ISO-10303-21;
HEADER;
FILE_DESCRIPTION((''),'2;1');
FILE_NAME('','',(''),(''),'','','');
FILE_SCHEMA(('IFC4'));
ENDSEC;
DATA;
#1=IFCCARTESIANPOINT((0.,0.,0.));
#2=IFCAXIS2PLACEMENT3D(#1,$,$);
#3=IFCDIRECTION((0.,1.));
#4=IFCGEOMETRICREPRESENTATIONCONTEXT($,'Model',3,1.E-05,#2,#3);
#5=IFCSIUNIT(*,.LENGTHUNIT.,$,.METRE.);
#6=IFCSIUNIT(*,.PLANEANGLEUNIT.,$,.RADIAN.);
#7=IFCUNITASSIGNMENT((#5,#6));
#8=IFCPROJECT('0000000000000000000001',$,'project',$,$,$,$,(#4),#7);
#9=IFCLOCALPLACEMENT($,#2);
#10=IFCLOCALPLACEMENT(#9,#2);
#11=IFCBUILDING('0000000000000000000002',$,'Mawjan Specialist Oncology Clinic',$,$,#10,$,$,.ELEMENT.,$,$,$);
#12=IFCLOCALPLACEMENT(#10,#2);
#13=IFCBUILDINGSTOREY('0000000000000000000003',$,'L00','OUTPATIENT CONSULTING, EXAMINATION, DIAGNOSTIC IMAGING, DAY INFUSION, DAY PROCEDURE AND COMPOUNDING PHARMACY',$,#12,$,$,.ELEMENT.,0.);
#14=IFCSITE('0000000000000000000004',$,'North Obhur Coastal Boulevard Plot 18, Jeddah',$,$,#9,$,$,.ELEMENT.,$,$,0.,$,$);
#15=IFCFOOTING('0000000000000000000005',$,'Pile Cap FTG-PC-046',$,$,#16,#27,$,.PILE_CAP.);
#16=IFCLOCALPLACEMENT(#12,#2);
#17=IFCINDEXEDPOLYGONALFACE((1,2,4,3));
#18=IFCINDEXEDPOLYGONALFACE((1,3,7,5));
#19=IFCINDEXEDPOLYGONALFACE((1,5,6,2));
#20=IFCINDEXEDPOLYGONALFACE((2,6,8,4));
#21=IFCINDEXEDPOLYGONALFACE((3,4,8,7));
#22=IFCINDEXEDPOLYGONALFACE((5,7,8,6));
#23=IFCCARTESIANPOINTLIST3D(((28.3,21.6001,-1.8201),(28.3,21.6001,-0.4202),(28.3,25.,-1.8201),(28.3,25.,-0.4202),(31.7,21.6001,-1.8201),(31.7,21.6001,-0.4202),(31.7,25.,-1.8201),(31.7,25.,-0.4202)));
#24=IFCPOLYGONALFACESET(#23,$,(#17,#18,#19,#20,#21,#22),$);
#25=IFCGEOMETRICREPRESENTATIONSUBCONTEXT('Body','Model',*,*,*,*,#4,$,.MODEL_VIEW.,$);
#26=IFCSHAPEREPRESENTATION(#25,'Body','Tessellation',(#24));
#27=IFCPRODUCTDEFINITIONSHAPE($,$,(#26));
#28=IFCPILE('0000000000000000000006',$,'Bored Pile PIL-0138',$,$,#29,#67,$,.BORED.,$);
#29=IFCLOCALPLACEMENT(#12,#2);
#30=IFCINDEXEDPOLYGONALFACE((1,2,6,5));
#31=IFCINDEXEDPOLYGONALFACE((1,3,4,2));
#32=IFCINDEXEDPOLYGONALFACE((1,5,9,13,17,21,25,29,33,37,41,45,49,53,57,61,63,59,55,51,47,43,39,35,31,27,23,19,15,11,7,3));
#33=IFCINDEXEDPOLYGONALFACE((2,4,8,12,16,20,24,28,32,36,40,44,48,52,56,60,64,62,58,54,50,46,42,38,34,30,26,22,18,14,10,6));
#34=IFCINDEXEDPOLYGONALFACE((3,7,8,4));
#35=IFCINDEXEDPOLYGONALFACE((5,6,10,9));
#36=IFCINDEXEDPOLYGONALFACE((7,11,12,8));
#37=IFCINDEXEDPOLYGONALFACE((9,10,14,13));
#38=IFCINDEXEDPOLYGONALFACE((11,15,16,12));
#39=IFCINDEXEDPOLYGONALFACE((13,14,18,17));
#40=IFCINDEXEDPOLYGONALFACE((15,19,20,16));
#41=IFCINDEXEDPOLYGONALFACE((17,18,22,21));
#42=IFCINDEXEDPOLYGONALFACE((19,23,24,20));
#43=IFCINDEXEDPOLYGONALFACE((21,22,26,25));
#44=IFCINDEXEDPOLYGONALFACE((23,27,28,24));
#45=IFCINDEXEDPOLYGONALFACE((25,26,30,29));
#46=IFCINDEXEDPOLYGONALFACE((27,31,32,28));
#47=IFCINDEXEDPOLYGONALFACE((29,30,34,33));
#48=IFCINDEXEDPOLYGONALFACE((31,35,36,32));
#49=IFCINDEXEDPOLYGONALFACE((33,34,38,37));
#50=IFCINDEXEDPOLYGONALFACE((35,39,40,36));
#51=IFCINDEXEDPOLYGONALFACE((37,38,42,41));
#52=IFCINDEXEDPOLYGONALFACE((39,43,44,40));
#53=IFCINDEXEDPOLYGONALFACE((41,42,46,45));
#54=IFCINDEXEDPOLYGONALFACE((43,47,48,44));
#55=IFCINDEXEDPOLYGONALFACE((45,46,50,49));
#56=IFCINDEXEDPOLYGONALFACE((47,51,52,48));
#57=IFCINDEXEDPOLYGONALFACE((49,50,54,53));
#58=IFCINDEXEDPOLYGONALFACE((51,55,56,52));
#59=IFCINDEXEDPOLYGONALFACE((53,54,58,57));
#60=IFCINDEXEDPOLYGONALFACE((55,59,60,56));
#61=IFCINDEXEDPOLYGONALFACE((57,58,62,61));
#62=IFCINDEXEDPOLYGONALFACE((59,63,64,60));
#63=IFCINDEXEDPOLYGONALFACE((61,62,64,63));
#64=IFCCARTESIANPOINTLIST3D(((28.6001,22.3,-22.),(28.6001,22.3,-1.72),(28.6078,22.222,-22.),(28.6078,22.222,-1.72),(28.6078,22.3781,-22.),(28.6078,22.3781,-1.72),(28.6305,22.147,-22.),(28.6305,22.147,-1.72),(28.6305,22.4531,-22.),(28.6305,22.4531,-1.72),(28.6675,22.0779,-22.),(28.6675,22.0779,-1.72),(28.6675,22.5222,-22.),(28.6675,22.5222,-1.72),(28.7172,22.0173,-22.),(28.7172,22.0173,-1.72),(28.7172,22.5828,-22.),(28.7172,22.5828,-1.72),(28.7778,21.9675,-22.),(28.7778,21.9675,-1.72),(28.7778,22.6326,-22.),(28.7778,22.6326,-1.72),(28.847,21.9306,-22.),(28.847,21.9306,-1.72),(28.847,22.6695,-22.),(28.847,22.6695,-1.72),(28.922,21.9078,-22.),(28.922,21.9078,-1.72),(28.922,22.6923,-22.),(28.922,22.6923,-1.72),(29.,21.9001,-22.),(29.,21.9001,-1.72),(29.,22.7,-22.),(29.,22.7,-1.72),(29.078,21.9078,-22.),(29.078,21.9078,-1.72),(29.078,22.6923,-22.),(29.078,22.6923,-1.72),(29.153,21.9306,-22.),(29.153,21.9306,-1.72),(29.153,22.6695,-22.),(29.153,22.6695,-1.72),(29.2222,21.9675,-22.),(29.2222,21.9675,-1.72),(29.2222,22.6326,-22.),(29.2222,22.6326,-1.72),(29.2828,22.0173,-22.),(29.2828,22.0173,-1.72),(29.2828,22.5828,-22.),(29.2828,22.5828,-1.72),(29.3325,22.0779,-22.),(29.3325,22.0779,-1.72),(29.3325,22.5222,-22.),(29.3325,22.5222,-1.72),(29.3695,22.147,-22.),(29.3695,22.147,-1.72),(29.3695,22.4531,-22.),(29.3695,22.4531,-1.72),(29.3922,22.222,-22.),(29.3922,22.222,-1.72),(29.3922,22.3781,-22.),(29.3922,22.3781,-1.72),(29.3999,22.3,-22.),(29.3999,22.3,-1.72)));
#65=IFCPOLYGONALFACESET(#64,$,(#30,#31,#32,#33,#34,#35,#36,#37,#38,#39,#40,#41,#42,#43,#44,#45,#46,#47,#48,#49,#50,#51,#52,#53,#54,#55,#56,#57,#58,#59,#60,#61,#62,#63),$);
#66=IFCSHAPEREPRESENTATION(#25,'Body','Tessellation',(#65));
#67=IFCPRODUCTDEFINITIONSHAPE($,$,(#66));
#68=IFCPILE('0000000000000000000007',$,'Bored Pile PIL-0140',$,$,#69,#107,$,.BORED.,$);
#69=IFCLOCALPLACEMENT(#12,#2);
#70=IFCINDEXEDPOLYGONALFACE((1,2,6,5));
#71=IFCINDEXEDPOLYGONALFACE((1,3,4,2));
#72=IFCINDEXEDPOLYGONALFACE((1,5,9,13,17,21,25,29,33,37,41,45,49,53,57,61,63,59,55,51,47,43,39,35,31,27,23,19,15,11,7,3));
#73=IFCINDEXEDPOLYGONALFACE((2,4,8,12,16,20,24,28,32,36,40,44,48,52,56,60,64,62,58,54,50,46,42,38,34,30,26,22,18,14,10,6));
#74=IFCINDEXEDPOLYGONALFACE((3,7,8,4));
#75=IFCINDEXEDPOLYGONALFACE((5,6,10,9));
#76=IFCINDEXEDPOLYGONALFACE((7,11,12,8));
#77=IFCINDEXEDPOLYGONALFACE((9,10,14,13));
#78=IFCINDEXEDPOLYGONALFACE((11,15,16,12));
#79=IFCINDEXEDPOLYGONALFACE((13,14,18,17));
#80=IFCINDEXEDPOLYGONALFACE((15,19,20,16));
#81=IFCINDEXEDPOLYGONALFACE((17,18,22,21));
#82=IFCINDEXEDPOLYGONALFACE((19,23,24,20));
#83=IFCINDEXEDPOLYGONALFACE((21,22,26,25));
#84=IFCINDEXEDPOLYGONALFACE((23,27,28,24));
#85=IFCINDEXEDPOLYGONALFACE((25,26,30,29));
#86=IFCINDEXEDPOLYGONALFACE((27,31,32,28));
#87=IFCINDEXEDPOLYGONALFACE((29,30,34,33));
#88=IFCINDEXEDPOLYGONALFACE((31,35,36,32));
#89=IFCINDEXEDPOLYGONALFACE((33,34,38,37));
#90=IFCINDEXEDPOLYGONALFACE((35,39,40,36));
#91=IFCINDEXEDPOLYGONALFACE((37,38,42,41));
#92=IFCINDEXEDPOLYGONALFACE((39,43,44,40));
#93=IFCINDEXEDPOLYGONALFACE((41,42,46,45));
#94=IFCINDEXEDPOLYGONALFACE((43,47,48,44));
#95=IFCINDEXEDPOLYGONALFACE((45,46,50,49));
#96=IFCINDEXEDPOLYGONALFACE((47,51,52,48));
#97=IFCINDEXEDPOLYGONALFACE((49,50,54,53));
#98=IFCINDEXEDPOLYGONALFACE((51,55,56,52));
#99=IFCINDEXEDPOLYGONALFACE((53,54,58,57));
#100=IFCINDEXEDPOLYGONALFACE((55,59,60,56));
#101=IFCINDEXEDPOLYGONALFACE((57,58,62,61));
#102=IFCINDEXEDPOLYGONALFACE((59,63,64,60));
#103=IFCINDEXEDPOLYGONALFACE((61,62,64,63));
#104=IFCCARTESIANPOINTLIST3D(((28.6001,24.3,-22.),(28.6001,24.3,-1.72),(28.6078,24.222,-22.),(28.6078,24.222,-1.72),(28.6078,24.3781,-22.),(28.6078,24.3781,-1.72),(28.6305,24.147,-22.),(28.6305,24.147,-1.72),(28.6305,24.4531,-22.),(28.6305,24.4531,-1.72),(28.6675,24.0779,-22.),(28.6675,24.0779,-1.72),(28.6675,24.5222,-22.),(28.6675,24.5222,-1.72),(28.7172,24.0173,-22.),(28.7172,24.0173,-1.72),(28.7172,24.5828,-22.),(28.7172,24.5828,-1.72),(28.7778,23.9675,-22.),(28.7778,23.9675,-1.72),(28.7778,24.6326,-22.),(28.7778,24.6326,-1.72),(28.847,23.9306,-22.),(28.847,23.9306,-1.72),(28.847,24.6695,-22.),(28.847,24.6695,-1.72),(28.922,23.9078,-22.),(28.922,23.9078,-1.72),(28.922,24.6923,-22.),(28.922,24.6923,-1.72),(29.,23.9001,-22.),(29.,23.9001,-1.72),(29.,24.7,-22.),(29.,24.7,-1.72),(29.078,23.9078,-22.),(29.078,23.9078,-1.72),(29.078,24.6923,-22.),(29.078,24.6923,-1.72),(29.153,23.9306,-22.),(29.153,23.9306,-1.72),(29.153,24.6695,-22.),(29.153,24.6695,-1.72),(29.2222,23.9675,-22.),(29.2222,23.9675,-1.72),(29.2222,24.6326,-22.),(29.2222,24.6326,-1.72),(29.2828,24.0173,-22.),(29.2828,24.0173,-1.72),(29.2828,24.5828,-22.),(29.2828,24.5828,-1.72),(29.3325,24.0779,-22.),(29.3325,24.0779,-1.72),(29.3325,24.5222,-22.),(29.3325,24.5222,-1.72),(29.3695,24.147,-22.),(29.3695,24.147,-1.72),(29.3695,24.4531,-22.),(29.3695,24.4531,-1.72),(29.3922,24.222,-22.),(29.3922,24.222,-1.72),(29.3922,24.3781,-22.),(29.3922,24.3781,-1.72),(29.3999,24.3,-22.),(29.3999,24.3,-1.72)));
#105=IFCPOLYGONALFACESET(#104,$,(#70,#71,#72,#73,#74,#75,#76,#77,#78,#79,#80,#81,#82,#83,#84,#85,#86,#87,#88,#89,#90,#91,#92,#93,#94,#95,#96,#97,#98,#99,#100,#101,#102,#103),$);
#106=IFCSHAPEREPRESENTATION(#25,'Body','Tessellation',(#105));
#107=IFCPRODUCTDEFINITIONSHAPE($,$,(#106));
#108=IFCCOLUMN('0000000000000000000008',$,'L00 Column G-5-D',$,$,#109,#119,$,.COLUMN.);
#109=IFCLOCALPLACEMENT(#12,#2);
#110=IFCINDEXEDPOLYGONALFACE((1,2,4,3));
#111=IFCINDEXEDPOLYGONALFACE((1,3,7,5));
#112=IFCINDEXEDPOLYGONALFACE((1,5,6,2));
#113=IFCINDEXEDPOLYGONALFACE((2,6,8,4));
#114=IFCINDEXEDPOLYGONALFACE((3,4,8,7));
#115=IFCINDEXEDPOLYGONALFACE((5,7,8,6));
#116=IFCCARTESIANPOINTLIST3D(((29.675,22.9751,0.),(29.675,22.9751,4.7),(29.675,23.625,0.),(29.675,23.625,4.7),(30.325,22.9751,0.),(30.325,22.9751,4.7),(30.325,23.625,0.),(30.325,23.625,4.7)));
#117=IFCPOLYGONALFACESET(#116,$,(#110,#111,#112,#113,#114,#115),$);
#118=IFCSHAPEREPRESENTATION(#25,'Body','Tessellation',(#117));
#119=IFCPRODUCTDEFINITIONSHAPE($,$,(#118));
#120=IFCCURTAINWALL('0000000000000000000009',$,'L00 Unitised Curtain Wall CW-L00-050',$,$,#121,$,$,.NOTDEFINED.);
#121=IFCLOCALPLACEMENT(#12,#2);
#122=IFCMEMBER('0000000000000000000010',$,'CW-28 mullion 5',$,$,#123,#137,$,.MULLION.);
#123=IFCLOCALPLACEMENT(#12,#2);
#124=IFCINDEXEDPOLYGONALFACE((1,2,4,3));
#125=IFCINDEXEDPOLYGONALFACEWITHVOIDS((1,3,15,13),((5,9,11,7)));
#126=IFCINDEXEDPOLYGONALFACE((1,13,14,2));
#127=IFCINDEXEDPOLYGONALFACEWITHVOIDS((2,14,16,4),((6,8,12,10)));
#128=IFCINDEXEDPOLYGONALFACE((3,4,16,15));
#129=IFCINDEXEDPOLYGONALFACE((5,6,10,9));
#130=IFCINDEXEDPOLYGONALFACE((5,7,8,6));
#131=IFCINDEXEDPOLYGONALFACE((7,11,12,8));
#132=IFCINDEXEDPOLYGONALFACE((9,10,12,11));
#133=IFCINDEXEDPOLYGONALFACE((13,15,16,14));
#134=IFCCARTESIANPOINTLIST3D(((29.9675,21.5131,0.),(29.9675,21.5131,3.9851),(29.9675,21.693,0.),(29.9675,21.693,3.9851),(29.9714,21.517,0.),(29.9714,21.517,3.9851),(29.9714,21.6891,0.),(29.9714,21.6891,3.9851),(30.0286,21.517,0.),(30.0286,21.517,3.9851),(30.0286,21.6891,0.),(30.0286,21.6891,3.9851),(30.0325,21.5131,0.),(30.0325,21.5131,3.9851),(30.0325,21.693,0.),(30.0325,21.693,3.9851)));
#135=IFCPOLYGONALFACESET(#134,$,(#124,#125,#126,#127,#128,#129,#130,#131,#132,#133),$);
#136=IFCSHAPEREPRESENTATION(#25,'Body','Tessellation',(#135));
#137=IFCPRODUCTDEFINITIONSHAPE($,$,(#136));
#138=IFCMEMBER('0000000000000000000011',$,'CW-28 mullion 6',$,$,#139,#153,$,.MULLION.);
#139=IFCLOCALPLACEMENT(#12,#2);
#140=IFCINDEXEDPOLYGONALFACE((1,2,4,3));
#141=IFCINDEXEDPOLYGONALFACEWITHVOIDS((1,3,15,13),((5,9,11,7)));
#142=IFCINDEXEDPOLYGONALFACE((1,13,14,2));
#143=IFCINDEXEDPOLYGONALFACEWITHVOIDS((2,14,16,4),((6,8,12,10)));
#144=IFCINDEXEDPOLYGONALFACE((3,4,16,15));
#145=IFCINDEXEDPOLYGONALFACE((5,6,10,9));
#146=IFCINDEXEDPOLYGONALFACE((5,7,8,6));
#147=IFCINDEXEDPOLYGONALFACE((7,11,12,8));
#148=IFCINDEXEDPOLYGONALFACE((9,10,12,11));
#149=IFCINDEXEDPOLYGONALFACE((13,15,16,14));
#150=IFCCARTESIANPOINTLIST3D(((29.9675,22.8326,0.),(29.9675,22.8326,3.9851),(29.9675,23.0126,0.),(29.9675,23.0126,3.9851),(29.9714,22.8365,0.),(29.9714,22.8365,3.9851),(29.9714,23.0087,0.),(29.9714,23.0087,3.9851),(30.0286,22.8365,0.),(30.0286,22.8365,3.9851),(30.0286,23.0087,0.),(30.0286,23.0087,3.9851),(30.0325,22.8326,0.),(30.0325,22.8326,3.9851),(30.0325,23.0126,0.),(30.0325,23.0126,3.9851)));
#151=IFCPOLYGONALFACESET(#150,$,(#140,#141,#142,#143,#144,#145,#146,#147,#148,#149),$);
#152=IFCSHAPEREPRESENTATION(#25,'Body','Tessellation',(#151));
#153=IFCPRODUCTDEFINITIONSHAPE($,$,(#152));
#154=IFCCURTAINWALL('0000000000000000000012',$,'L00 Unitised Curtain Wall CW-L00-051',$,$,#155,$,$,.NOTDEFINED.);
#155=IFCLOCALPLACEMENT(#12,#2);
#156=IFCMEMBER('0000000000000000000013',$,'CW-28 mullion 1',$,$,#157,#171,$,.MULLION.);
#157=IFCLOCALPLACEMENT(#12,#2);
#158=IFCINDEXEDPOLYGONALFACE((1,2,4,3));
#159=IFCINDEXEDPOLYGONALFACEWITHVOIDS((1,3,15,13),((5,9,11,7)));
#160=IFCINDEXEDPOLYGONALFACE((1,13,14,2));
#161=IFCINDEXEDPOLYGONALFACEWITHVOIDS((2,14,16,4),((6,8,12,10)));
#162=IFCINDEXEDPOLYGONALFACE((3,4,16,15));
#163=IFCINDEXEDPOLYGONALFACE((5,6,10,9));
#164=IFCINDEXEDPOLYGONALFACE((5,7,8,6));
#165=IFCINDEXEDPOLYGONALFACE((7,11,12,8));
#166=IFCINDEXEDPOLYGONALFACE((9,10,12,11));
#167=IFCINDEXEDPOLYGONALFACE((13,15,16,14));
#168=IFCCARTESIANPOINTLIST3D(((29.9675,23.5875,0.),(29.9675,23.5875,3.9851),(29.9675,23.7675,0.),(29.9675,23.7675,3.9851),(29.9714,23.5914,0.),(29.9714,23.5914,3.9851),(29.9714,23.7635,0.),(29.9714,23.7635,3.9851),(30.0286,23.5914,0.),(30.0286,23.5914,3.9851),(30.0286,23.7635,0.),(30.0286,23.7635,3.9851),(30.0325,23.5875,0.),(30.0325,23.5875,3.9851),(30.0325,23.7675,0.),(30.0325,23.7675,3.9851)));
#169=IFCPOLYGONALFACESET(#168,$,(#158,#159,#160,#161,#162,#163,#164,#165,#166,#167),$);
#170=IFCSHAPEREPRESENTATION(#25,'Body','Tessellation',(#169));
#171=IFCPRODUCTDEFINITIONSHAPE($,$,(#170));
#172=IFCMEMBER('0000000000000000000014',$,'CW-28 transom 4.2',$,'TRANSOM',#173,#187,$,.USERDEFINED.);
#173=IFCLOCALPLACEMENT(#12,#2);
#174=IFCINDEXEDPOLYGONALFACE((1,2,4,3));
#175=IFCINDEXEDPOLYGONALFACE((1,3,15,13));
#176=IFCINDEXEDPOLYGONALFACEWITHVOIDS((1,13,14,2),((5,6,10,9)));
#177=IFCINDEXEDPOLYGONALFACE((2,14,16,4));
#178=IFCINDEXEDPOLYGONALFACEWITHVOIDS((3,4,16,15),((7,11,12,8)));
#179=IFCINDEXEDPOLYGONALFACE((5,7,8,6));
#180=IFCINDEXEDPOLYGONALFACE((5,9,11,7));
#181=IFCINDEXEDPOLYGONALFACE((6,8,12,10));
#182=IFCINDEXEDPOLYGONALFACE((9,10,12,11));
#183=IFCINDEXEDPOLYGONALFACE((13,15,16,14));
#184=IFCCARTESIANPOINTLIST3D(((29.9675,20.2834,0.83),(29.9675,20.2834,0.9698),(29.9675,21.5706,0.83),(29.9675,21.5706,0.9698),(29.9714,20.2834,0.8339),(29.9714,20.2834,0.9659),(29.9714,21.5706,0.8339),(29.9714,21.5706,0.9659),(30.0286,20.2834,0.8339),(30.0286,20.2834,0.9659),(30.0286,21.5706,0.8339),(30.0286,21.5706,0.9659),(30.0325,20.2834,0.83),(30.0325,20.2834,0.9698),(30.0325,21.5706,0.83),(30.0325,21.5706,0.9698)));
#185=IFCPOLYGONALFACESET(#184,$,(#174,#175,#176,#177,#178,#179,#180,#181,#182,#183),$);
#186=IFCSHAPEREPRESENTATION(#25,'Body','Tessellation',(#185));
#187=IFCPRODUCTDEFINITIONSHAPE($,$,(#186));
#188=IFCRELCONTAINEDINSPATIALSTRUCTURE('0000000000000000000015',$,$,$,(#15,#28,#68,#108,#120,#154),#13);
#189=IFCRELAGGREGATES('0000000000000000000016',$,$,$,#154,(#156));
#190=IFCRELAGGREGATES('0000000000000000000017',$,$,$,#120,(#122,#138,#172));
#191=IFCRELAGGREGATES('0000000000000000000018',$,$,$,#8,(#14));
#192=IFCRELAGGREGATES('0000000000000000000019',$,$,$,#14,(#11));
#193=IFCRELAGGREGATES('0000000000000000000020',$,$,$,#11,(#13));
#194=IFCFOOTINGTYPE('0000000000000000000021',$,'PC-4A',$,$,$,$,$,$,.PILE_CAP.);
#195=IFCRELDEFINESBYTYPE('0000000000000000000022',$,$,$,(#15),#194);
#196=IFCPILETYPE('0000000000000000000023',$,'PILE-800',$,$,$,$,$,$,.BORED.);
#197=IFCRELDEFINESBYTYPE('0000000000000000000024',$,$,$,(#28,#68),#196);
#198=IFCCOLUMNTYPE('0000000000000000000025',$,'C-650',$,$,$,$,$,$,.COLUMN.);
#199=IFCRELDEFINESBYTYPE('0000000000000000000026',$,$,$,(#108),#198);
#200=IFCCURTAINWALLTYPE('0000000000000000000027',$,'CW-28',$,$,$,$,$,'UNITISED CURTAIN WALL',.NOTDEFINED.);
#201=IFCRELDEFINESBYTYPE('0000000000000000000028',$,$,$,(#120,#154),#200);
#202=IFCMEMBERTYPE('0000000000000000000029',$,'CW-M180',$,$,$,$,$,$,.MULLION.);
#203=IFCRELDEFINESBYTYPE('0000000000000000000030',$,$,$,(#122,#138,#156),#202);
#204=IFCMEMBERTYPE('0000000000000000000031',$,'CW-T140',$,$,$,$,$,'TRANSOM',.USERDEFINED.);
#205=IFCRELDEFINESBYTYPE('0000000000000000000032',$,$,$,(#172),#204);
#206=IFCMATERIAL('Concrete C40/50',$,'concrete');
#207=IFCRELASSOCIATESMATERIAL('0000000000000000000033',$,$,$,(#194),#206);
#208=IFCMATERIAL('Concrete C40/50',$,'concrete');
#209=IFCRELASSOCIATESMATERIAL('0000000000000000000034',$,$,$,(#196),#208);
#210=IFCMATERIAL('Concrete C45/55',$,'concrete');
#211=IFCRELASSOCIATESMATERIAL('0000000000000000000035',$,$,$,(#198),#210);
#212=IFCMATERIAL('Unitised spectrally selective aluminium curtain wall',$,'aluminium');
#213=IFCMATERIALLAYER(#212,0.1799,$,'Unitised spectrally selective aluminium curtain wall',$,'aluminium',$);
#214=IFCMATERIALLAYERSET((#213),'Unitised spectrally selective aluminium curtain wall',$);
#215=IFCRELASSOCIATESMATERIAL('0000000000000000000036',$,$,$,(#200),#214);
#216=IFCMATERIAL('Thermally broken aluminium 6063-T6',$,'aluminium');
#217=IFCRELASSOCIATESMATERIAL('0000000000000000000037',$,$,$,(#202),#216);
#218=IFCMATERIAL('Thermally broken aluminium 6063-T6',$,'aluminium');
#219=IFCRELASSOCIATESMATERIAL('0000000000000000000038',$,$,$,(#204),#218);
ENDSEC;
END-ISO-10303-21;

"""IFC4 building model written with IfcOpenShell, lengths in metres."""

from ifc_helpers import new_model, si_unit, direction, frame, origin, origin_2d, place, context, subcontext, project, spatial, rectangle, hollow_rectangle, circle, extrude, material, layer, layer_set, material_profile, profile_set, type_object, element, aggregate, save


model = new_model("IFC4")

# Units and contexts
model_context = context("Model", 3, precision=1e-05, world=origin(), true_north=direction((0.0, 1.0)))
body_context = subcontext(model_context, "Body", "Model", "MODEL_VIEW")
ifc_project = project(units=[si_unit("LENGTHUNIT", "METRE"), si_unit("PLANEANGLEUNIT", "RADIAN")], contexts=[model_context])

# Site, building, storey
site_placement = place(None, origin())
site = spatial("IfcSite", under=ifc_project, at=site_placement, Name="North Obhur Coastal Boulevard Plot 18, Jeddah", CompositionType="ELEMENT", RefElevation=0.0)
building_placement = place(site_placement, origin())
building = spatial("IfcBuilding", under=site, at=building_placement, Name="Mawjan Specialist Oncology Clinic", CompositionType="ELEMENT")
storey_placement = place(building_placement, origin())
storey = spatial("IfcBuildingStorey", under=building, at=storey_placement, Name="L00", Description="OUTPATIENT CONSULTING, EXAMINATION, DIAGNOSTIC IMAGING, DAY INFUSION, DAY PROCEDURE AND COMPOUNDING PHARMACY", CompositionType="ELEMENT", Elevation=0.0)

# Footing
ifc_material_1 = material(Name="Concrete C40/50", Category="concrete")
footing_type = type_object("IfcFootingType", Name="PC-4A", PredefinedType="PILE_CAP", material=ifc_material_1)
footing_placement = place(storey_placement, frame((30.0, 23.3, -1.8201), z_axis=(0.0, 0.0, 1.0), x_axis=(1.0, 0.0, 0.0)))
element("IfcFooting", 1, at=footing_placement, inside=storey, type_object=footing_type, Name="Pile Cap FTG-PC-046", PredefinedType="PILE_CAP", context=body_context, shape_type="SweptSolid", body=[
    extrude(rectangle(XDim=3.3999, YDim=3.3999, at=origin_2d()), origin(), (0.0, 0.0, 1.0), 1.3999),
])

# Piles
ifc_material_2 = material(Name="Concrete C40/50", Category="concrete")
ifc_material_profile_1 = material_profile(ifc_material_2, circle(Radius=0.3999, at=origin_2d()), Name="BORED PILE D800", Category="concrete")
ifc_profile_set_1 = profile_set([ifc_material_profile_1], Name="Concrete C40/50")
pile_type = type_object("IfcPileType", Name="PILE-800", PredefinedType="BORED", material=ifc_profile_set_1)
for number, where, z_axis, x_axis, name in (
    (2, (29.0, 22.3, -1.72), (0.0, 0.0, -1.0), (1.0, 0.0, 0.0), "Bored Pile PIL-0138"),
    (3, (29.0, 24.3, -1.72), (0.0, 0.0, -1.0), (1.0, 0.0, 0.0), "Bored Pile PIL-0140"),
):
    element("IfcPile", number, at=place(storey_placement, frame(where, z_axis=z_axis, x_axis=x_axis)), inside=storey, type_object=pile_type, Name=name, PredefinedType="BORED", context=body_context, shape_type="SweptSolid", body=[
        extrude(circle(Radius=0.3999, at=origin_2d()), origin(), (0.0, 0.0, 1.0), 20.28),
    ])

# Column
ifc_material_3 = material(Name="Concrete C45/55", Category="concrete")
ifc_material_profile_2 = material_profile(ifc_material_3, rectangle(XDim=0.6499, YDim=0.6499, at=origin_2d()), Name="RC COL 650x650", Category="concrete")
ifc_profile_set_2 = profile_set([ifc_material_profile_2], Name="Concrete C45/55")
column_type = type_object("IfcColumnType", Name="C-650", PredefinedType="COLUMN", material=ifc_profile_set_2)
column_placement = place(storey_placement, frame((30.0, 23.3, 0.0), z_axis=(0.0, 0.0, 1.0), x_axis=(1.0, 0.0, 0.0)))
element("IfcColumn", 4, at=column_placement, inside=storey, type_object=column_type, Name="L00 Column G-5-D", PredefinedType="COLUMN", context=body_context, shape_type="SweptSolid", body=[
    extrude(rectangle(XDim=0.6499, YDim=0.6499, at=origin_2d()), origin(), (0.0, 0.0, 1.0), 4.7),
])

# Curtain wall, members
ifc_material_4 = material(Name="Unitised spectrally selective aluminium curtain wall", Category="aluminium")
ifc_layer_1 = layer(ifc_material_4, 0.1799, Name="Unitised spectrally selective aluminium curtain wall", Category="aluminium")
ifc_layer_set_1 = layer_set([ifc_layer_1], Name="Unitised spectrally selective aluminium curtain wall")
curtain_wall_type = type_object("IfcCurtainWallType", Name="CW-28", ElementType="UNITISED CURTAIN WALL", PredefinedType="NOTDEFINED", material=ifc_layer_set_1)
curtain_wall_1_placement = place(storey_placement, origin())
curtain_wall_1 = element("IfcCurtainWall", 5, at=curtain_wall_1_placement, inside=storey, type_object=curtain_wall_type, Name="L00 Unitised Curtain Wall CW-L00-050", PredefinedType="NOTDEFINED")
ifc_material_5 = material(Name="Thermally broken aluminium 6063-T6", Category="aluminium")
ifc_material_profile_3 = material_profile(ifc_material_5, hollow_rectangle(XDim=0.0649, YDim=0.1799, WallThickness=0.0039, at=origin_2d()), Name="ALU MULLION 180x65x4", Category="aluminium")
ifc_profile_set_3 = profile_set([ifc_material_profile_3], Name="Thermally broken aluminium 6063-T6")
member_type_1 = type_object("IfcMemberType", Name="CW-M180", PredefinedType="MULLION", material=ifc_profile_set_3)
member_1_placement = place(storey_placement, frame((30.0, 21.603, 0.0), z_axis=(0.0, 0.0, 1.0), x_axis=(-1.0, 0.0, 0.0)))
member_1 = element("IfcMember", 6, at=member_1_placement, type_object=member_type_1, Name="CW-28 mullion 5", PredefinedType="MULLION", context=body_context, shape_type="SweptSolid", body=[
    extrude(hollow_rectangle(XDim=0.0649, YDim=0.1799, WallThickness=0.0039, at=origin_2d()), origin(), (0.0, 0.0, 1.0), 3.9851),
])
member_2_placement = place(storey_placement, frame((30.0, 22.9226, 0.0), z_axis=(0.0, 0.0, 1.0), x_axis=(-1.0, 0.0, 0.0)))
member_2 = element("IfcMember", 7, at=member_2_placement, type_object=member_type_1, Name="CW-28 mullion 6", PredefinedType="MULLION", context=body_context, shape_type="SweptSolid", body=[
    extrude(hollow_rectangle(XDim=0.0649, YDim=0.1799, WallThickness=0.0039, at=origin_2d()), origin(), (0.0, 0.0, 1.0), 3.9851),
])

# Curtain wall, member
curtain_wall_2_placement = place(storey_placement, origin())
curtain_wall_2 = element("IfcCurtainWall", 8, at=curtain_wall_2_placement, inside=storey, type_object=curtain_wall_type, Name="L00 Unitised Curtain Wall CW-L00-051", PredefinedType="NOTDEFINED")
member_3_placement = place(storey_placement, frame((30.0, 23.6775, 0.0), z_axis=(0.0, 0.0, 1.0), x_axis=(-1.0, 0.0, 0.0)))
member_3 = element("IfcMember", 9, at=member_3_placement, type_object=member_type_1, Name="CW-28 mullion 1", PredefinedType="MULLION", context=body_context, shape_type="SweptSolid", body=[
    extrude(hollow_rectangle(XDim=0.0649, YDim=0.1799, WallThickness=0.0039, at=origin_2d()), origin(), (0.0, 0.0, 1.0), 3.9851),
])

# Member
ifc_material_6 = material(Name="Thermally broken aluminium 6063-T6", Category="aluminium")
ifc_material_profile_4 = material_profile(ifc_material_6, hollow_rectangle(XDim=0.0649, YDim=0.1399, WallThickness=0.0039, at=origin_2d()), Name="ALU TRANSOM 140x65x4", Category="aluminium")
ifc_profile_set_4 = profile_set([ifc_material_profile_4], Name="Thermally broken aluminium 6063-T6")
member_type_2 = type_object("IfcMemberType", Name="CW-T140", ElementType="TRANSOM", PredefinedType="USERDEFINED", material=ifc_profile_set_4)
member_4_placement = place(storey_placement, frame((30.0, 20.2834, 0.8999), z_axis=(0.0, 1.0, 0.0), x_axis=(-1.0, 0.0, 0.0)))
member_4 = element("IfcMember", 10, at=member_4_placement, type_object=member_type_2, Name="CW-28 transom 4.2", ObjectType="TRANSOM", PredefinedType="USERDEFINED", context=body_context, shape_type="SweptSolid", body=[
    extrude(hollow_rectangle(XDim=0.0649, YDim=0.1399, WallThickness=0.0039, at=origin_2d()), origin(), (0.0, 0.0, 1.0), 1.2871),
])
aggregate(curtain_wall_2, [member_3])

aggregate(curtain_wall_1, [member_1, member_2, member_4])

save(model, "model.ifc")
